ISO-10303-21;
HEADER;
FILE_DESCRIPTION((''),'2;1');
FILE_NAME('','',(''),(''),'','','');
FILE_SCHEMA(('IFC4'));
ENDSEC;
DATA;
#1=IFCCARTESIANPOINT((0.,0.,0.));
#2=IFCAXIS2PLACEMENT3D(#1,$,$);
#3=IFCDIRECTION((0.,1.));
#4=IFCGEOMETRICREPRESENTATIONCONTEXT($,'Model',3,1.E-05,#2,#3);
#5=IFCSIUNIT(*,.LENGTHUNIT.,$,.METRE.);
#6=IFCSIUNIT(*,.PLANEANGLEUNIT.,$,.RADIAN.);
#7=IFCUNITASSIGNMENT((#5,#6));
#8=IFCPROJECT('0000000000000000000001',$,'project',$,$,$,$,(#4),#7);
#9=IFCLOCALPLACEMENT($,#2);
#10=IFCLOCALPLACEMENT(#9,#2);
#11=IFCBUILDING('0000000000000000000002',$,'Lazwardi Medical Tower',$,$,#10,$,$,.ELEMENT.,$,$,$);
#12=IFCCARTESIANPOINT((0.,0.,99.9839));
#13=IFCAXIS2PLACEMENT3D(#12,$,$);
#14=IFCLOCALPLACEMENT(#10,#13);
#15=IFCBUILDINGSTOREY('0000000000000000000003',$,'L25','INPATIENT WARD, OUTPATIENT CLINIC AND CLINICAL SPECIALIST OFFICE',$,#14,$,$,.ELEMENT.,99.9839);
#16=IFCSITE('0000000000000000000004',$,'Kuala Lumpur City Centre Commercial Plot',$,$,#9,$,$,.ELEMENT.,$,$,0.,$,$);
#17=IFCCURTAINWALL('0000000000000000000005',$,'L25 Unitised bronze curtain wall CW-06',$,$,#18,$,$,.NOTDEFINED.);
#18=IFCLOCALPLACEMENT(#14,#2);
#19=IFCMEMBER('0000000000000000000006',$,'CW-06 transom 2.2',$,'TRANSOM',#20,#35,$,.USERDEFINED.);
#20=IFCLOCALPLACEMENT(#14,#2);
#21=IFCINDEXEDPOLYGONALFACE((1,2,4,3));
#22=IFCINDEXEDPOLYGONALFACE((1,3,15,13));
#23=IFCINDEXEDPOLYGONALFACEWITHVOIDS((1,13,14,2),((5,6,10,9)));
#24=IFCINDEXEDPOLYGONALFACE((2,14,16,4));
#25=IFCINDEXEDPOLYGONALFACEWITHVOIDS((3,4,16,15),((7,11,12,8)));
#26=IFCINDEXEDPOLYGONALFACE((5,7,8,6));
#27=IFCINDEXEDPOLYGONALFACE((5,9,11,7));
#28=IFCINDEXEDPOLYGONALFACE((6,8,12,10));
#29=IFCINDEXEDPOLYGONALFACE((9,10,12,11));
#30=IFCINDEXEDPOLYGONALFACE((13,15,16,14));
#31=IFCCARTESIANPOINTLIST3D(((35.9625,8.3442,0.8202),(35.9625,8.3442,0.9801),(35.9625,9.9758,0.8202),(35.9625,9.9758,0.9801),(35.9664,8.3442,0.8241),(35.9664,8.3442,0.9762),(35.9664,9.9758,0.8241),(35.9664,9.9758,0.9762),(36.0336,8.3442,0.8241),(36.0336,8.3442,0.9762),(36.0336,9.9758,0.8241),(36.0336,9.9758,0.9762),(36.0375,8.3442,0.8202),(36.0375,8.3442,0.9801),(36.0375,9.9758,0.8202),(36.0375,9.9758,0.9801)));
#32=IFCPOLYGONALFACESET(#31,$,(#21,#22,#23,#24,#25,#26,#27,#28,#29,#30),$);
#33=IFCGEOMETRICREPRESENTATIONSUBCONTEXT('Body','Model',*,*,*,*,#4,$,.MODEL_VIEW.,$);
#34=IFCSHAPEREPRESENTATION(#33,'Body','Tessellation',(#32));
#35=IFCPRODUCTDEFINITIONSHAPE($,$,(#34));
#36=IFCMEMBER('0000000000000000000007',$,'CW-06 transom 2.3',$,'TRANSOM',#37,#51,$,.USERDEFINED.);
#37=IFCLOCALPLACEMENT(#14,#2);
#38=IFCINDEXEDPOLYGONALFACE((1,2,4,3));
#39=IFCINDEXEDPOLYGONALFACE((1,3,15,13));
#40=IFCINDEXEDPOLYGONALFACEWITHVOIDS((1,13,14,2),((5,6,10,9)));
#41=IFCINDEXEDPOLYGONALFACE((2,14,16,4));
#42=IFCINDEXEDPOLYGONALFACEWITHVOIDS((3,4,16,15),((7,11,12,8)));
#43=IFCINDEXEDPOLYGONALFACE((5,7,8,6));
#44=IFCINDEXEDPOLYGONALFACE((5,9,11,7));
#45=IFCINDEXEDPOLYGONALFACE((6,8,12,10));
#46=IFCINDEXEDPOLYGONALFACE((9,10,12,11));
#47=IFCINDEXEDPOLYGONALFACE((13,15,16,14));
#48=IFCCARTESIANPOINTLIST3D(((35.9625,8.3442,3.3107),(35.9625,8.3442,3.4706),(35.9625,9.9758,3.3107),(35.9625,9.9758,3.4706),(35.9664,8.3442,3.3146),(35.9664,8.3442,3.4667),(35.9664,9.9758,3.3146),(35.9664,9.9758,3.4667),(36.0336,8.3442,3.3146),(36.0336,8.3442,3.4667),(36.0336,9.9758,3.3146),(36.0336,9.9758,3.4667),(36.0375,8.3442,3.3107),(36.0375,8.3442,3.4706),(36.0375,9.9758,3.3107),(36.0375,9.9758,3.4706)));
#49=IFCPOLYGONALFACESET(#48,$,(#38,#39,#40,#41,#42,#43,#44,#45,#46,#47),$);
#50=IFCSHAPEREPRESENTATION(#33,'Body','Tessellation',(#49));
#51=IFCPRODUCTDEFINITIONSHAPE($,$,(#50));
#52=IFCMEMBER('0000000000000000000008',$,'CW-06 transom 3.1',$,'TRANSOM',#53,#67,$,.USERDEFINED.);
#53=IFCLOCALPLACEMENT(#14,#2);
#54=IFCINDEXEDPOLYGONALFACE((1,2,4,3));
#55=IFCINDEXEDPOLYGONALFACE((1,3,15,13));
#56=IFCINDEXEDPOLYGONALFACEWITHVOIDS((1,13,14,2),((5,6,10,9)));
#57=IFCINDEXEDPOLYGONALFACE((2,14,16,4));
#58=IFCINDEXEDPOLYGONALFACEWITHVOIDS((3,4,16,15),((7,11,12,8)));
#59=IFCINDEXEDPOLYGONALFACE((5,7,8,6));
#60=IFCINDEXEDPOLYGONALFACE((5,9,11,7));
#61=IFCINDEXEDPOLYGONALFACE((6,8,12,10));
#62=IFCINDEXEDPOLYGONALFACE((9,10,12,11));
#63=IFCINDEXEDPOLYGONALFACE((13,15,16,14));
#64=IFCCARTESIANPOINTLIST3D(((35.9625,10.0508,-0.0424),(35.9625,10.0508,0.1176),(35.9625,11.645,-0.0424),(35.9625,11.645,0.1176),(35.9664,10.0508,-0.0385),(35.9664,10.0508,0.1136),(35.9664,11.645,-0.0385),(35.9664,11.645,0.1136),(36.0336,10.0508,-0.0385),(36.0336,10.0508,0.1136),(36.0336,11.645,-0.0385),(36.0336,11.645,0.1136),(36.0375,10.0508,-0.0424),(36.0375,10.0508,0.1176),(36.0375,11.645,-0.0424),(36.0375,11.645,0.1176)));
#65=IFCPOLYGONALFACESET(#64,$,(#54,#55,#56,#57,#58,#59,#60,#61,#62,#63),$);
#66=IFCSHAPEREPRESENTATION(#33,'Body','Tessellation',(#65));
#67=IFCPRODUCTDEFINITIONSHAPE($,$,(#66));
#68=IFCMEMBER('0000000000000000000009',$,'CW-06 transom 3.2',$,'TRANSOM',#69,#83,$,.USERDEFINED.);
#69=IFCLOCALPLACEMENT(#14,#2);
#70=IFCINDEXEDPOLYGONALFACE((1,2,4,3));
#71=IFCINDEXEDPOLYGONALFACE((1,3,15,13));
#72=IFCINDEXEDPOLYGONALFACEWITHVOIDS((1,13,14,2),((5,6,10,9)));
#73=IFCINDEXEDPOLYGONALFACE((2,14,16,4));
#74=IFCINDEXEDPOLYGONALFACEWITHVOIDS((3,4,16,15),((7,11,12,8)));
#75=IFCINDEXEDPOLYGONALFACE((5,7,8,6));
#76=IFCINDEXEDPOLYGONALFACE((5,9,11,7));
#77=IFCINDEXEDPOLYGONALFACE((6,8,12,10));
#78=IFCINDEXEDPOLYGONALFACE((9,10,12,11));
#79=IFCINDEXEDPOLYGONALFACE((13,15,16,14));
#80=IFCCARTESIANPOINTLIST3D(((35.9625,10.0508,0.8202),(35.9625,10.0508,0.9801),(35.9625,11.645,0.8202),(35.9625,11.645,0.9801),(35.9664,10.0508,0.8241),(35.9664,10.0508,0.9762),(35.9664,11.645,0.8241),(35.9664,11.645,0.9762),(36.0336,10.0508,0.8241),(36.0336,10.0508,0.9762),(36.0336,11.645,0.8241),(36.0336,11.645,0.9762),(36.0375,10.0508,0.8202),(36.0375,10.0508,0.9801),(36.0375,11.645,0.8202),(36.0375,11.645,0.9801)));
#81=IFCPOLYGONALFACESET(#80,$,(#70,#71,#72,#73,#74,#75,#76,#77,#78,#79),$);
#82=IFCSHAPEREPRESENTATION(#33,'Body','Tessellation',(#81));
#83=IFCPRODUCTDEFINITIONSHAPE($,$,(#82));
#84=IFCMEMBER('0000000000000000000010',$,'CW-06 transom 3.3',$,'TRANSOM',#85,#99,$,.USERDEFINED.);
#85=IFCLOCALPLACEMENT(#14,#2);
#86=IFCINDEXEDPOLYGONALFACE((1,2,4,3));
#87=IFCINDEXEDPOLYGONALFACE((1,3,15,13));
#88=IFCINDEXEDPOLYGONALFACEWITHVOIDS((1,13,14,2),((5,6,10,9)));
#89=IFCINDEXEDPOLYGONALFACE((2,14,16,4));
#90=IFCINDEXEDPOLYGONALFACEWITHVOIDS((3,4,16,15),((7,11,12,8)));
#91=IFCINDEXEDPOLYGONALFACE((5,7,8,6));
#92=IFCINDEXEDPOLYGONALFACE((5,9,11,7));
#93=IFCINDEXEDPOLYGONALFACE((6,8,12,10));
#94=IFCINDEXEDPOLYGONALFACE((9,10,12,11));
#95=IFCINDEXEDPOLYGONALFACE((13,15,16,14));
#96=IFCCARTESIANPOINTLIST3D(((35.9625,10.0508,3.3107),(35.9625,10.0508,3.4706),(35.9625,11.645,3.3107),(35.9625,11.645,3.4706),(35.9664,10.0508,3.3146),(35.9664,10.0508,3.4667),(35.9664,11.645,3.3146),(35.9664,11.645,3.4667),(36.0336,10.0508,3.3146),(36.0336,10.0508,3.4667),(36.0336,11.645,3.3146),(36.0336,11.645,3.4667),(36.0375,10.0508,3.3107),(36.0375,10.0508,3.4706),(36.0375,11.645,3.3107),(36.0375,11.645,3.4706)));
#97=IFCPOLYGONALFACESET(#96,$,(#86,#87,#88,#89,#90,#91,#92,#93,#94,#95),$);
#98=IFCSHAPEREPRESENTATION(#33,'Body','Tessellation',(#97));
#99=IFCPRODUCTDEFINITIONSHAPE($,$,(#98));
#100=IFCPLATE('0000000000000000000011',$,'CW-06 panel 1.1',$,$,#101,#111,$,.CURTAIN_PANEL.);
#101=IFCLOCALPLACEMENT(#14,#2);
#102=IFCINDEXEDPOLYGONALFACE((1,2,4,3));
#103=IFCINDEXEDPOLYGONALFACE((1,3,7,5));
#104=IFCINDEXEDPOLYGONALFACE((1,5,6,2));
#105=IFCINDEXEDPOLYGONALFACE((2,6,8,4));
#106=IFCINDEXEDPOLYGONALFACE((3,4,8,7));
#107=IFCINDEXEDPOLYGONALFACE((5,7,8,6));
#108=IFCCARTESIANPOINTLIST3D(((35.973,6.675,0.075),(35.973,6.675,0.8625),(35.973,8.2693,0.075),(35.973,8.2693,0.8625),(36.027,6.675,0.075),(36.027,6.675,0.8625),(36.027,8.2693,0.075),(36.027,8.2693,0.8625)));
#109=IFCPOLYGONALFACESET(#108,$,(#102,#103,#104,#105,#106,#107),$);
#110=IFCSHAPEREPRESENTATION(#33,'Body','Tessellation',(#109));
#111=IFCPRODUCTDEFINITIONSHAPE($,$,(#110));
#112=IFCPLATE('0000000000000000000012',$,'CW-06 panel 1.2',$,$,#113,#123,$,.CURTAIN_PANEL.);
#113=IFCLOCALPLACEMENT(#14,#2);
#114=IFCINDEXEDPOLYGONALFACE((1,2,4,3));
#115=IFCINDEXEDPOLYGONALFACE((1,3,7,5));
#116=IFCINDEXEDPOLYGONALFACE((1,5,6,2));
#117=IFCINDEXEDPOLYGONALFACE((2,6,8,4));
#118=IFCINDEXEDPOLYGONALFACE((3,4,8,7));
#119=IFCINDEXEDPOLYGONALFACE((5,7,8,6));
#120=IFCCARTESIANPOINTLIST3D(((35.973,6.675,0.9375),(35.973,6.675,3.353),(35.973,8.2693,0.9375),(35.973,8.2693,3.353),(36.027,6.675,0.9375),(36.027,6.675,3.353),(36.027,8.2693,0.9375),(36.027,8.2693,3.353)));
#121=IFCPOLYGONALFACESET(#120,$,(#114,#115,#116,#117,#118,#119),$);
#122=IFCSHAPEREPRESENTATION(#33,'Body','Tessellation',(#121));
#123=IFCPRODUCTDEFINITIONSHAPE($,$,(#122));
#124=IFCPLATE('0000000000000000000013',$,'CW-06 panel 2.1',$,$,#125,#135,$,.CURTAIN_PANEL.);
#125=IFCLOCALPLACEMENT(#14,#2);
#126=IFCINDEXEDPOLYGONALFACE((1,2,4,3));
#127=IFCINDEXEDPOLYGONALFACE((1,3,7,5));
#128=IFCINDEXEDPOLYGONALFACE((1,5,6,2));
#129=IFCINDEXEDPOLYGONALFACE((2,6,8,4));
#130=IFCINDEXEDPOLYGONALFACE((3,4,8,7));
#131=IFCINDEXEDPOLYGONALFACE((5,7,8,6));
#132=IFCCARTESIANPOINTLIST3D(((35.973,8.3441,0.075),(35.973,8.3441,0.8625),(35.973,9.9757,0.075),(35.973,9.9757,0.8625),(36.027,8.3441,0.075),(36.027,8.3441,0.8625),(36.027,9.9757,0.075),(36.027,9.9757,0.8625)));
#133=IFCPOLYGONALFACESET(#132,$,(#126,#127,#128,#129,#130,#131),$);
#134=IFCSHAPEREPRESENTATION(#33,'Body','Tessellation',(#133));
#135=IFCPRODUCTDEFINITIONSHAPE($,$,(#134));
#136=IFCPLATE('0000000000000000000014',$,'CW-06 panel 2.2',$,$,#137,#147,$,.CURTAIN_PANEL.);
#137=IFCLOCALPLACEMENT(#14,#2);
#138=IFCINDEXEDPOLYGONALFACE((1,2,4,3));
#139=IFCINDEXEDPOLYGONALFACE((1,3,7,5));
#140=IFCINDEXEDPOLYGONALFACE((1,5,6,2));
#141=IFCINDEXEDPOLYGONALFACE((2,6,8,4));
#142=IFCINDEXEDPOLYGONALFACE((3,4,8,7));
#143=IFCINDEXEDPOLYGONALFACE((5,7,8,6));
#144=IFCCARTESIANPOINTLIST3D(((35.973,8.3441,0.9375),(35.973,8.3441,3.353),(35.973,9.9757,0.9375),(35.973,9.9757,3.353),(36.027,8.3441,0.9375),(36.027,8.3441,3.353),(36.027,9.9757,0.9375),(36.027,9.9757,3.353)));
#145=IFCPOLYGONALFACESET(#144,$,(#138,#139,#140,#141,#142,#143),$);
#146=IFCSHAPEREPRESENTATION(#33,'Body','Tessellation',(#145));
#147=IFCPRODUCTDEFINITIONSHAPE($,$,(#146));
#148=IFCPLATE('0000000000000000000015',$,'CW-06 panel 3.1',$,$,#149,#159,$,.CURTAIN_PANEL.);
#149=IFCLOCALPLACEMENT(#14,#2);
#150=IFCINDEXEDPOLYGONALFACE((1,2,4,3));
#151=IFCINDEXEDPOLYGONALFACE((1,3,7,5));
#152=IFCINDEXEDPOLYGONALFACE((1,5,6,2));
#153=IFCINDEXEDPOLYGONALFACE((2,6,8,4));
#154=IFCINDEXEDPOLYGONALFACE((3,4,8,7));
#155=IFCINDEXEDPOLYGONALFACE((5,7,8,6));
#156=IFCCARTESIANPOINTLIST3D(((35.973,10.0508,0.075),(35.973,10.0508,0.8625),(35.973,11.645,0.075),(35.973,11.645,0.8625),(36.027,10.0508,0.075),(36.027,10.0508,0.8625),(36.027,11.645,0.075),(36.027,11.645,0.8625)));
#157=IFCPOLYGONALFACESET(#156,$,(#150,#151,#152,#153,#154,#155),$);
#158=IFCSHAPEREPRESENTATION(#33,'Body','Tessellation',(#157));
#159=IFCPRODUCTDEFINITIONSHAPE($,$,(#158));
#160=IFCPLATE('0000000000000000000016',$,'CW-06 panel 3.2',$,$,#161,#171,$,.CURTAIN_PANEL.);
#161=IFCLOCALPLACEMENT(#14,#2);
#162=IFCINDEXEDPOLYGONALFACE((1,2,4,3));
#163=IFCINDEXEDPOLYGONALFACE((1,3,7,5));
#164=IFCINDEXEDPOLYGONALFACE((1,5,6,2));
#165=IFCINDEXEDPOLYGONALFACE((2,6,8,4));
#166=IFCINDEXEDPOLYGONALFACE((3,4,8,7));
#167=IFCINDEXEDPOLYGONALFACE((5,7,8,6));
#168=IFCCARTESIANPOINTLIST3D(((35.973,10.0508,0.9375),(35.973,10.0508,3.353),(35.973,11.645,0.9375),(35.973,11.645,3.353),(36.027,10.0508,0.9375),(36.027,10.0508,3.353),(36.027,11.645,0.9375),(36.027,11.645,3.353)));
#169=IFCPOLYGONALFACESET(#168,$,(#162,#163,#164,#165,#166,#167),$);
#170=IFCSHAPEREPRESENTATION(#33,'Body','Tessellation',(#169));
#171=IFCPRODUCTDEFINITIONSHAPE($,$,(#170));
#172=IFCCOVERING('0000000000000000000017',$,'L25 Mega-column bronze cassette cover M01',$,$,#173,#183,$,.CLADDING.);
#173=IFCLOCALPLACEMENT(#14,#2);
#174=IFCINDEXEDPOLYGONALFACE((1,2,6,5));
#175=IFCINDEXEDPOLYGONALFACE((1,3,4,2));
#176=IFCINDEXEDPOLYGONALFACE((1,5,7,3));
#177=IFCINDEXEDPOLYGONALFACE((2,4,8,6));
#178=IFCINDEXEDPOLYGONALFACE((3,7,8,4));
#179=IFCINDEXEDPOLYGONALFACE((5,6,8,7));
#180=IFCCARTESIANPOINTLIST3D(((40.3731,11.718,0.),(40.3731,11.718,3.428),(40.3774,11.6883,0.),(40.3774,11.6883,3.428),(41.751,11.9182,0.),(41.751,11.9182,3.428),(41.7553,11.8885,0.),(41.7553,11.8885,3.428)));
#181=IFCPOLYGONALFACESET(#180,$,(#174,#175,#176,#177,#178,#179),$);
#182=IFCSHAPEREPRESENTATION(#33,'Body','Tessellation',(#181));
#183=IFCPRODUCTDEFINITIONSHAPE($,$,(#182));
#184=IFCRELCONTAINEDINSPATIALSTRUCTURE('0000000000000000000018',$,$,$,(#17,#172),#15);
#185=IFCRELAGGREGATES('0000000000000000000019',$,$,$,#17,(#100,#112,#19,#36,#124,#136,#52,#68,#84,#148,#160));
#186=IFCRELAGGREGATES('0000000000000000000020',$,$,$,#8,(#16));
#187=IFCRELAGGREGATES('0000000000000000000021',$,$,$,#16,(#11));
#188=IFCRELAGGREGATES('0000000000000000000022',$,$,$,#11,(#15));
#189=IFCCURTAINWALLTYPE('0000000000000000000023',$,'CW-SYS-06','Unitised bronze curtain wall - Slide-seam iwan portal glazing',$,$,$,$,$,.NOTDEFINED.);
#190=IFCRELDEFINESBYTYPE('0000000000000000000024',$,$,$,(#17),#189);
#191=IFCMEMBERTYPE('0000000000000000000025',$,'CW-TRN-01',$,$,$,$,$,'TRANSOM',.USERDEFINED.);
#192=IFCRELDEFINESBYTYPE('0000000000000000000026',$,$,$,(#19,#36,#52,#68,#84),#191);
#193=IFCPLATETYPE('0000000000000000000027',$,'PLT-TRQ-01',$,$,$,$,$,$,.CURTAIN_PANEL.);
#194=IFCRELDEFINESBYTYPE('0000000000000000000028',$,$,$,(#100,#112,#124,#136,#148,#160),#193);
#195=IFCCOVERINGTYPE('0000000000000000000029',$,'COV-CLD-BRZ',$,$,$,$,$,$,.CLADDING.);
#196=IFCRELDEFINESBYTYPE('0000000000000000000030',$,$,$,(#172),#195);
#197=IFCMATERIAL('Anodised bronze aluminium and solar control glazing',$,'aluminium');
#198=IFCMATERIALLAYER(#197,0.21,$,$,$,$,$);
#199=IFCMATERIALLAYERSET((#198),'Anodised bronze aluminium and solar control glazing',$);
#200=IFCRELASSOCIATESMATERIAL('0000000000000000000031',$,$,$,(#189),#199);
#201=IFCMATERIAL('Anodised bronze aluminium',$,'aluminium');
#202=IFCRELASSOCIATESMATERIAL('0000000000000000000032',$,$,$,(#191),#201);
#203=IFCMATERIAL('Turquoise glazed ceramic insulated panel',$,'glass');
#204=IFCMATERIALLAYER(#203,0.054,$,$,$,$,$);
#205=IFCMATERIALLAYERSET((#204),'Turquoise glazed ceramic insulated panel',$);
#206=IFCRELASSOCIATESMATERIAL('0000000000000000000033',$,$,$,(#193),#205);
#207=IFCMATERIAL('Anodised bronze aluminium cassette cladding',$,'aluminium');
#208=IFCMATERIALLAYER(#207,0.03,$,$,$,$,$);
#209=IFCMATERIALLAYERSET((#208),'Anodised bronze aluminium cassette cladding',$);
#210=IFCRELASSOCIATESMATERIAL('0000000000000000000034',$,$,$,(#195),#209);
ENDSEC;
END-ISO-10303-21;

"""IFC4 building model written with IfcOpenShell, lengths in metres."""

from ifc_helpers import new_model, si_unit, direction, frame, origin, origin_2d, place, context, subcontext, project, spatial, rectangle, hollow_rectangle, extrude, material, layer, layer_set, material_profile, profile_set, type_object, element, aggregate, save


model = new_model("IFC4")

# Units and contexts
model_context = context("Model", 3, precision=1e-05, world=origin(), true_north=direction((0.0, 1.0)))
body_context = subcontext(model_context, "Body", "Model", "MODEL_VIEW")
ifc_project = project(units=[si_unit("LENGTHUNIT", "METRE"), si_unit("PLANEANGLEUNIT", "RADIAN")], contexts=[model_context])

# Site, building, storey
site_placement = place(None, origin())
site = spatial("IfcSite", under=ifc_project, at=site_placement, Name="Kuala Lumpur City Centre Commercial Plot", CompositionType="ELEMENT", RefElevation=0.0)
building_placement = place(site_placement, origin())
building = spatial("IfcBuilding", under=site, at=building_placement, Name="Lazwardi Medical Tower", CompositionType="ELEMENT")
storey_placement = place(building_placement, frame((0.0, 0.0, 99.9839)))
storey = spatial("IfcBuildingStorey", under=building, at=storey_placement, Name="L25", Description="INPATIENT WARD, OUTPATIENT CLINIC AND CLINICAL SPECIALIST OFFICE", CompositionType="ELEMENT", Elevation=99.9839)

# Shared definitions
ifc_material_1 = material(Name="Anodised bronze aluminium and solar control glazing", Category="aluminium")
ifc_material_2 = material(Name="Anodised bronze aluminium", Category="aluminium")

# Curtain wall
ifc_layer_1 = layer(ifc_material_1, 0.21)
ifc_layer_set_1 = layer_set([ifc_layer_1], Name="Anodised bronze aluminium and solar control glazing")
curtain_wall_type_1 = type_object("IfcCurtainWallType", Name="CW-SYS-06", Description="Unitised bronze curtain wall - Slide-seam iwan portal glazing", PredefinedType="NOTDEFINED", material=ifc_layer_set_1)
curtain_wall_1_placement = place(storey_placement, origin())
curtain_wall_1 = element("IfcCurtainWall", 1, at=curtain_wall_1_placement, inside=storey, type_object=curtain_wall_type_1, Name="L25 Unitised bronze curtain wall CW-06", PredefinedType="NOTDEFINED")

# Members
ifc_material_profile_1 = material_profile(ifc_material_2, hollow_rectangle(XDim=0.075, YDim=0.1599, WallThickness=0.0039, at=origin_2d()), Name="ALU-TRANSOM 160x75x4")
ifc_profile_set_1 = profile_set([ifc_material_profile_1], Name="Anodised bronze aluminium")
member_type_1 = type_object("IfcMemberType", Name="CW-TRN-01", ElementType="TRANSOM", PredefinedType="USERDEFINED", material=ifc_profile_set_1)
member_1_placement = place(storey_placement, frame((36.0, 8.3442, 0.9001), z_axis=(0.0, 1.0, 0.0), x_axis=(-1.0, 0.0, 0.0)))
member_1 = element("IfcMember", 2, at=member_1_placement, type_object=member_type_1, Name="CW-06 transom 2.2", ObjectType="TRANSOM", PredefinedType="USERDEFINED", context=body_context, shape_type="SweptSolid", body=[
    extrude(hollow_rectangle(XDim=0.075, YDim=0.1599, WallThickness=0.0039, at=origin_2d()), origin(), (0.0, 0.0, 1.0), 1.6316),
])
member_2_placement = place(storey_placement, frame((36.0, 8.3442, 3.3906), z_axis=(0.0, 1.0, 0.0), x_axis=(-1.0, 0.0, 0.0)))
member_2 = element("IfcMember", 3, at=member_2_placement, type_object=member_type_1, Name="CW-06 transom 2.3", ObjectType="TRANSOM", PredefinedType="USERDEFINED", context=body_context, shape_type="SweptSolid", body=[
    extrude(hollow_rectangle(XDim=0.075, YDim=0.1599, WallThickness=0.0039, at=origin_2d()), origin(), (0.0, 0.0, 1.0), 1.6316),
])
member_3_placement = place(storey_placement, frame((36.0, 10.0508, 0.0376), z_axis=(0.0, 1.0, 0.0), x_axis=(-1.0, 0.0, 0.0)))
member_3 = element("IfcMember", 4, at=member_3_placement, type_object=member_type_1, Name="CW-06 transom 3.1", ObjectType="TRANSOM", PredefinedType="USERDEFINED", context=body_context, shape_type="SweptSolid", body=[
    extrude(hollow_rectangle(XDim=0.075, YDim=0.1599, WallThickness=0.0039, at=origin_2d()), origin(), (0.0, 0.0, 1.0), 1.5942),
])
member_4_placement = place(storey_placement, frame((36.0, 10.0508, 0.9001), z_axis=(0.0, 1.0, 0.0), x_axis=(-1.0, 0.0, 0.0)))
member_4 = element("IfcMember", 5, at=member_4_placement, type_object=member_type_1, Name="CW-06 transom 3.2", ObjectType="TRANSOM", PredefinedType="USERDEFINED", context=body_context, shape_type="SweptSolid", body=[
    extrude(hollow_rectangle(XDim=0.075, YDim=0.1599, WallThickness=0.0039, at=origin_2d()), origin(), (0.0, 0.0, 1.0), 1.5942),
])
member_5_placement = place(storey_placement, frame((36.0, 10.0508, 3.3906), z_axis=(0.0, 1.0, 0.0), x_axis=(-1.0, 0.0, 0.0)))
member_5 = element("IfcMember", 6, at=member_5_placement, type_object=member_type_1, Name="CW-06 transom 3.3", ObjectType="TRANSOM", PredefinedType="USERDEFINED", context=body_context, shape_type="SweptSolid", body=[
    extrude(hollow_rectangle(XDim=0.075, YDim=0.1599, WallThickness=0.0039, at=origin_2d()), origin(), (0.0, 0.0, 1.0), 1.5942),
])

# Plates
ifc_material_3 = material(Name="Turquoise glazed ceramic insulated panel", Category="glass")
ifc_layer_2 = layer(ifc_material_3, 0.054)
ifc_layer_set_2 = layer_set([ifc_layer_2], Name="Turquoise glazed ceramic insulated panel")
plate_type = type_object("IfcPlateType", Name="PLT-TRQ-01", PredefinedType="CURTAIN_PANEL", material=ifc_layer_set_2)
plate_1_placement = place(storey_placement, frame((36.0, 7.4722, 0.075), z_axis=(0.0, 0.0, 1.0), x_axis=(0.0, 1.0, 0.0)))
plate_1 = element("IfcPlate", 7, at=plate_1_placement, type_object=plate_type, Name="CW-06 panel 1.1", PredefinedType="CURTAIN_PANEL", context=body_context, shape_type="SweptSolid", body=[
    extrude(rectangle(XDim=1.5942, YDim=0.054, at=origin_2d()), origin(), (0.0, 0.0, 1.0), 0.7876),
])
plate_2_placement = place(storey_placement, frame((36.0, 7.4722, 0.9375), z_axis=(0.0, 0.0, 1.0), x_axis=(0.0, 1.0, 0.0)))
plate_2 = element("IfcPlate", 8, at=plate_2_placement, type_object=plate_type, Name="CW-06 panel 1.2", PredefinedType="CURTAIN_PANEL", context=body_context, shape_type="SweptSolid", body=[
    extrude(rectangle(XDim=1.5942, YDim=0.054, at=origin_2d()), origin(), (0.0, 0.0, 1.0), 2.4155),
])
plate_3_placement = place(storey_placement, frame((36.0, 9.1599, 0.075), z_axis=(0.0, 0.0, 1.0), x_axis=(0.0, 1.0, 0.0)))
plate_3 = element("IfcPlate", 9, at=plate_3_placement, type_object=plate_type, Name="CW-06 panel 2.1", PredefinedType="CURTAIN_PANEL", context=body_context, shape_type="SweptSolid", body=[
    extrude(rectangle(XDim=1.6316, YDim=0.054, at=origin_2d()), origin(), (0.0, 0.0, 1.0), 0.7876),
])
plate_4_placement = place(storey_placement, frame((36.0, 9.1599, 0.9375), z_axis=(0.0, 0.0, 1.0), x_axis=(0.0, 1.0, 0.0)))
plate_4 = element("IfcPlate", 10, at=plate_4_placement, type_object=plate_type, Name="CW-06 panel 2.2", PredefinedType="CURTAIN_PANEL", context=body_context, shape_type="SweptSolid", body=[
    extrude(rectangle(XDim=1.6316, YDim=0.054, at=origin_2d()), origin(), (0.0, 0.0, 1.0), 2.4155),
])
plate_5_placement = place(storey_placement, frame((36.0, 10.8479, 0.075), z_axis=(0.0, 0.0, 1.0), x_axis=(0.0, 1.0, 0.0)))
plate_5 = element("IfcPlate", 11, at=plate_5_placement, type_object=plate_type, Name="CW-06 panel 3.1", PredefinedType="CURTAIN_PANEL", context=body_context, shape_type="SweptSolid", body=[
    extrude(rectangle(XDim=1.5942, YDim=0.054, at=origin_2d()), origin(), (0.0, 0.0, 1.0), 0.7876),
])
plate_6_placement = place(storey_placement, frame((36.0, 10.8479, 0.9375), z_axis=(0.0, 0.0, 1.0), x_axis=(0.0, 1.0, 0.0)))
plate_6 = element("IfcPlate", 12, at=plate_6_placement, type_object=plate_type, Name="CW-06 panel 3.2", PredefinedType="CURTAIN_PANEL", context=body_context, shape_type="SweptSolid", body=[
    extrude(rectangle(XDim=1.5942, YDim=0.054, at=origin_2d()), origin(), (0.0, 0.0, 1.0), 2.4155),
])
aggregate(curtain_wall_1, [plate_1, plate_2, member_1, member_2, plate_3, plate_4, member_3, member_4, member_5, plate_5, plate_6])

# Covering
ifc_material_4 = material(Name="Anodised bronze aluminium cassette cladding", Category="aluminium")
ifc_layer_3 = layer(ifc_material_4, 0.03)
ifc_layer_set_3 = layer_set([ifc_layer_3], Name="Anodised bronze aluminium cassette cladding")
covering_type_1 = type_object("IfcCoveringType", Name="COV-CLD-BRZ", PredefinedType="CLADDING", material=ifc_layer_set_3)
covering_1_placement = place(storey_placement, frame((41.0642, 11.8032, 0.0), z_axis=(0.0, 0.0, 1.0), x_axis=(0.989609, 0.143785, 0.0)))
element("IfcCovering", 13, at=covering_1_placement, inside=storey, type_object=covering_type_1, Name="L25 Mega-column bronze cassette cover M01", PredefinedType="CLADDING", context=body_context, shape_type="SweptSolid", body=[
    extrude(rectangle(XDim=1.3923, YDim=0.03, at=origin_2d()), origin(), (0.0, 0.0, 1.0), 3.428),
])

save(model, "model.ifc")
